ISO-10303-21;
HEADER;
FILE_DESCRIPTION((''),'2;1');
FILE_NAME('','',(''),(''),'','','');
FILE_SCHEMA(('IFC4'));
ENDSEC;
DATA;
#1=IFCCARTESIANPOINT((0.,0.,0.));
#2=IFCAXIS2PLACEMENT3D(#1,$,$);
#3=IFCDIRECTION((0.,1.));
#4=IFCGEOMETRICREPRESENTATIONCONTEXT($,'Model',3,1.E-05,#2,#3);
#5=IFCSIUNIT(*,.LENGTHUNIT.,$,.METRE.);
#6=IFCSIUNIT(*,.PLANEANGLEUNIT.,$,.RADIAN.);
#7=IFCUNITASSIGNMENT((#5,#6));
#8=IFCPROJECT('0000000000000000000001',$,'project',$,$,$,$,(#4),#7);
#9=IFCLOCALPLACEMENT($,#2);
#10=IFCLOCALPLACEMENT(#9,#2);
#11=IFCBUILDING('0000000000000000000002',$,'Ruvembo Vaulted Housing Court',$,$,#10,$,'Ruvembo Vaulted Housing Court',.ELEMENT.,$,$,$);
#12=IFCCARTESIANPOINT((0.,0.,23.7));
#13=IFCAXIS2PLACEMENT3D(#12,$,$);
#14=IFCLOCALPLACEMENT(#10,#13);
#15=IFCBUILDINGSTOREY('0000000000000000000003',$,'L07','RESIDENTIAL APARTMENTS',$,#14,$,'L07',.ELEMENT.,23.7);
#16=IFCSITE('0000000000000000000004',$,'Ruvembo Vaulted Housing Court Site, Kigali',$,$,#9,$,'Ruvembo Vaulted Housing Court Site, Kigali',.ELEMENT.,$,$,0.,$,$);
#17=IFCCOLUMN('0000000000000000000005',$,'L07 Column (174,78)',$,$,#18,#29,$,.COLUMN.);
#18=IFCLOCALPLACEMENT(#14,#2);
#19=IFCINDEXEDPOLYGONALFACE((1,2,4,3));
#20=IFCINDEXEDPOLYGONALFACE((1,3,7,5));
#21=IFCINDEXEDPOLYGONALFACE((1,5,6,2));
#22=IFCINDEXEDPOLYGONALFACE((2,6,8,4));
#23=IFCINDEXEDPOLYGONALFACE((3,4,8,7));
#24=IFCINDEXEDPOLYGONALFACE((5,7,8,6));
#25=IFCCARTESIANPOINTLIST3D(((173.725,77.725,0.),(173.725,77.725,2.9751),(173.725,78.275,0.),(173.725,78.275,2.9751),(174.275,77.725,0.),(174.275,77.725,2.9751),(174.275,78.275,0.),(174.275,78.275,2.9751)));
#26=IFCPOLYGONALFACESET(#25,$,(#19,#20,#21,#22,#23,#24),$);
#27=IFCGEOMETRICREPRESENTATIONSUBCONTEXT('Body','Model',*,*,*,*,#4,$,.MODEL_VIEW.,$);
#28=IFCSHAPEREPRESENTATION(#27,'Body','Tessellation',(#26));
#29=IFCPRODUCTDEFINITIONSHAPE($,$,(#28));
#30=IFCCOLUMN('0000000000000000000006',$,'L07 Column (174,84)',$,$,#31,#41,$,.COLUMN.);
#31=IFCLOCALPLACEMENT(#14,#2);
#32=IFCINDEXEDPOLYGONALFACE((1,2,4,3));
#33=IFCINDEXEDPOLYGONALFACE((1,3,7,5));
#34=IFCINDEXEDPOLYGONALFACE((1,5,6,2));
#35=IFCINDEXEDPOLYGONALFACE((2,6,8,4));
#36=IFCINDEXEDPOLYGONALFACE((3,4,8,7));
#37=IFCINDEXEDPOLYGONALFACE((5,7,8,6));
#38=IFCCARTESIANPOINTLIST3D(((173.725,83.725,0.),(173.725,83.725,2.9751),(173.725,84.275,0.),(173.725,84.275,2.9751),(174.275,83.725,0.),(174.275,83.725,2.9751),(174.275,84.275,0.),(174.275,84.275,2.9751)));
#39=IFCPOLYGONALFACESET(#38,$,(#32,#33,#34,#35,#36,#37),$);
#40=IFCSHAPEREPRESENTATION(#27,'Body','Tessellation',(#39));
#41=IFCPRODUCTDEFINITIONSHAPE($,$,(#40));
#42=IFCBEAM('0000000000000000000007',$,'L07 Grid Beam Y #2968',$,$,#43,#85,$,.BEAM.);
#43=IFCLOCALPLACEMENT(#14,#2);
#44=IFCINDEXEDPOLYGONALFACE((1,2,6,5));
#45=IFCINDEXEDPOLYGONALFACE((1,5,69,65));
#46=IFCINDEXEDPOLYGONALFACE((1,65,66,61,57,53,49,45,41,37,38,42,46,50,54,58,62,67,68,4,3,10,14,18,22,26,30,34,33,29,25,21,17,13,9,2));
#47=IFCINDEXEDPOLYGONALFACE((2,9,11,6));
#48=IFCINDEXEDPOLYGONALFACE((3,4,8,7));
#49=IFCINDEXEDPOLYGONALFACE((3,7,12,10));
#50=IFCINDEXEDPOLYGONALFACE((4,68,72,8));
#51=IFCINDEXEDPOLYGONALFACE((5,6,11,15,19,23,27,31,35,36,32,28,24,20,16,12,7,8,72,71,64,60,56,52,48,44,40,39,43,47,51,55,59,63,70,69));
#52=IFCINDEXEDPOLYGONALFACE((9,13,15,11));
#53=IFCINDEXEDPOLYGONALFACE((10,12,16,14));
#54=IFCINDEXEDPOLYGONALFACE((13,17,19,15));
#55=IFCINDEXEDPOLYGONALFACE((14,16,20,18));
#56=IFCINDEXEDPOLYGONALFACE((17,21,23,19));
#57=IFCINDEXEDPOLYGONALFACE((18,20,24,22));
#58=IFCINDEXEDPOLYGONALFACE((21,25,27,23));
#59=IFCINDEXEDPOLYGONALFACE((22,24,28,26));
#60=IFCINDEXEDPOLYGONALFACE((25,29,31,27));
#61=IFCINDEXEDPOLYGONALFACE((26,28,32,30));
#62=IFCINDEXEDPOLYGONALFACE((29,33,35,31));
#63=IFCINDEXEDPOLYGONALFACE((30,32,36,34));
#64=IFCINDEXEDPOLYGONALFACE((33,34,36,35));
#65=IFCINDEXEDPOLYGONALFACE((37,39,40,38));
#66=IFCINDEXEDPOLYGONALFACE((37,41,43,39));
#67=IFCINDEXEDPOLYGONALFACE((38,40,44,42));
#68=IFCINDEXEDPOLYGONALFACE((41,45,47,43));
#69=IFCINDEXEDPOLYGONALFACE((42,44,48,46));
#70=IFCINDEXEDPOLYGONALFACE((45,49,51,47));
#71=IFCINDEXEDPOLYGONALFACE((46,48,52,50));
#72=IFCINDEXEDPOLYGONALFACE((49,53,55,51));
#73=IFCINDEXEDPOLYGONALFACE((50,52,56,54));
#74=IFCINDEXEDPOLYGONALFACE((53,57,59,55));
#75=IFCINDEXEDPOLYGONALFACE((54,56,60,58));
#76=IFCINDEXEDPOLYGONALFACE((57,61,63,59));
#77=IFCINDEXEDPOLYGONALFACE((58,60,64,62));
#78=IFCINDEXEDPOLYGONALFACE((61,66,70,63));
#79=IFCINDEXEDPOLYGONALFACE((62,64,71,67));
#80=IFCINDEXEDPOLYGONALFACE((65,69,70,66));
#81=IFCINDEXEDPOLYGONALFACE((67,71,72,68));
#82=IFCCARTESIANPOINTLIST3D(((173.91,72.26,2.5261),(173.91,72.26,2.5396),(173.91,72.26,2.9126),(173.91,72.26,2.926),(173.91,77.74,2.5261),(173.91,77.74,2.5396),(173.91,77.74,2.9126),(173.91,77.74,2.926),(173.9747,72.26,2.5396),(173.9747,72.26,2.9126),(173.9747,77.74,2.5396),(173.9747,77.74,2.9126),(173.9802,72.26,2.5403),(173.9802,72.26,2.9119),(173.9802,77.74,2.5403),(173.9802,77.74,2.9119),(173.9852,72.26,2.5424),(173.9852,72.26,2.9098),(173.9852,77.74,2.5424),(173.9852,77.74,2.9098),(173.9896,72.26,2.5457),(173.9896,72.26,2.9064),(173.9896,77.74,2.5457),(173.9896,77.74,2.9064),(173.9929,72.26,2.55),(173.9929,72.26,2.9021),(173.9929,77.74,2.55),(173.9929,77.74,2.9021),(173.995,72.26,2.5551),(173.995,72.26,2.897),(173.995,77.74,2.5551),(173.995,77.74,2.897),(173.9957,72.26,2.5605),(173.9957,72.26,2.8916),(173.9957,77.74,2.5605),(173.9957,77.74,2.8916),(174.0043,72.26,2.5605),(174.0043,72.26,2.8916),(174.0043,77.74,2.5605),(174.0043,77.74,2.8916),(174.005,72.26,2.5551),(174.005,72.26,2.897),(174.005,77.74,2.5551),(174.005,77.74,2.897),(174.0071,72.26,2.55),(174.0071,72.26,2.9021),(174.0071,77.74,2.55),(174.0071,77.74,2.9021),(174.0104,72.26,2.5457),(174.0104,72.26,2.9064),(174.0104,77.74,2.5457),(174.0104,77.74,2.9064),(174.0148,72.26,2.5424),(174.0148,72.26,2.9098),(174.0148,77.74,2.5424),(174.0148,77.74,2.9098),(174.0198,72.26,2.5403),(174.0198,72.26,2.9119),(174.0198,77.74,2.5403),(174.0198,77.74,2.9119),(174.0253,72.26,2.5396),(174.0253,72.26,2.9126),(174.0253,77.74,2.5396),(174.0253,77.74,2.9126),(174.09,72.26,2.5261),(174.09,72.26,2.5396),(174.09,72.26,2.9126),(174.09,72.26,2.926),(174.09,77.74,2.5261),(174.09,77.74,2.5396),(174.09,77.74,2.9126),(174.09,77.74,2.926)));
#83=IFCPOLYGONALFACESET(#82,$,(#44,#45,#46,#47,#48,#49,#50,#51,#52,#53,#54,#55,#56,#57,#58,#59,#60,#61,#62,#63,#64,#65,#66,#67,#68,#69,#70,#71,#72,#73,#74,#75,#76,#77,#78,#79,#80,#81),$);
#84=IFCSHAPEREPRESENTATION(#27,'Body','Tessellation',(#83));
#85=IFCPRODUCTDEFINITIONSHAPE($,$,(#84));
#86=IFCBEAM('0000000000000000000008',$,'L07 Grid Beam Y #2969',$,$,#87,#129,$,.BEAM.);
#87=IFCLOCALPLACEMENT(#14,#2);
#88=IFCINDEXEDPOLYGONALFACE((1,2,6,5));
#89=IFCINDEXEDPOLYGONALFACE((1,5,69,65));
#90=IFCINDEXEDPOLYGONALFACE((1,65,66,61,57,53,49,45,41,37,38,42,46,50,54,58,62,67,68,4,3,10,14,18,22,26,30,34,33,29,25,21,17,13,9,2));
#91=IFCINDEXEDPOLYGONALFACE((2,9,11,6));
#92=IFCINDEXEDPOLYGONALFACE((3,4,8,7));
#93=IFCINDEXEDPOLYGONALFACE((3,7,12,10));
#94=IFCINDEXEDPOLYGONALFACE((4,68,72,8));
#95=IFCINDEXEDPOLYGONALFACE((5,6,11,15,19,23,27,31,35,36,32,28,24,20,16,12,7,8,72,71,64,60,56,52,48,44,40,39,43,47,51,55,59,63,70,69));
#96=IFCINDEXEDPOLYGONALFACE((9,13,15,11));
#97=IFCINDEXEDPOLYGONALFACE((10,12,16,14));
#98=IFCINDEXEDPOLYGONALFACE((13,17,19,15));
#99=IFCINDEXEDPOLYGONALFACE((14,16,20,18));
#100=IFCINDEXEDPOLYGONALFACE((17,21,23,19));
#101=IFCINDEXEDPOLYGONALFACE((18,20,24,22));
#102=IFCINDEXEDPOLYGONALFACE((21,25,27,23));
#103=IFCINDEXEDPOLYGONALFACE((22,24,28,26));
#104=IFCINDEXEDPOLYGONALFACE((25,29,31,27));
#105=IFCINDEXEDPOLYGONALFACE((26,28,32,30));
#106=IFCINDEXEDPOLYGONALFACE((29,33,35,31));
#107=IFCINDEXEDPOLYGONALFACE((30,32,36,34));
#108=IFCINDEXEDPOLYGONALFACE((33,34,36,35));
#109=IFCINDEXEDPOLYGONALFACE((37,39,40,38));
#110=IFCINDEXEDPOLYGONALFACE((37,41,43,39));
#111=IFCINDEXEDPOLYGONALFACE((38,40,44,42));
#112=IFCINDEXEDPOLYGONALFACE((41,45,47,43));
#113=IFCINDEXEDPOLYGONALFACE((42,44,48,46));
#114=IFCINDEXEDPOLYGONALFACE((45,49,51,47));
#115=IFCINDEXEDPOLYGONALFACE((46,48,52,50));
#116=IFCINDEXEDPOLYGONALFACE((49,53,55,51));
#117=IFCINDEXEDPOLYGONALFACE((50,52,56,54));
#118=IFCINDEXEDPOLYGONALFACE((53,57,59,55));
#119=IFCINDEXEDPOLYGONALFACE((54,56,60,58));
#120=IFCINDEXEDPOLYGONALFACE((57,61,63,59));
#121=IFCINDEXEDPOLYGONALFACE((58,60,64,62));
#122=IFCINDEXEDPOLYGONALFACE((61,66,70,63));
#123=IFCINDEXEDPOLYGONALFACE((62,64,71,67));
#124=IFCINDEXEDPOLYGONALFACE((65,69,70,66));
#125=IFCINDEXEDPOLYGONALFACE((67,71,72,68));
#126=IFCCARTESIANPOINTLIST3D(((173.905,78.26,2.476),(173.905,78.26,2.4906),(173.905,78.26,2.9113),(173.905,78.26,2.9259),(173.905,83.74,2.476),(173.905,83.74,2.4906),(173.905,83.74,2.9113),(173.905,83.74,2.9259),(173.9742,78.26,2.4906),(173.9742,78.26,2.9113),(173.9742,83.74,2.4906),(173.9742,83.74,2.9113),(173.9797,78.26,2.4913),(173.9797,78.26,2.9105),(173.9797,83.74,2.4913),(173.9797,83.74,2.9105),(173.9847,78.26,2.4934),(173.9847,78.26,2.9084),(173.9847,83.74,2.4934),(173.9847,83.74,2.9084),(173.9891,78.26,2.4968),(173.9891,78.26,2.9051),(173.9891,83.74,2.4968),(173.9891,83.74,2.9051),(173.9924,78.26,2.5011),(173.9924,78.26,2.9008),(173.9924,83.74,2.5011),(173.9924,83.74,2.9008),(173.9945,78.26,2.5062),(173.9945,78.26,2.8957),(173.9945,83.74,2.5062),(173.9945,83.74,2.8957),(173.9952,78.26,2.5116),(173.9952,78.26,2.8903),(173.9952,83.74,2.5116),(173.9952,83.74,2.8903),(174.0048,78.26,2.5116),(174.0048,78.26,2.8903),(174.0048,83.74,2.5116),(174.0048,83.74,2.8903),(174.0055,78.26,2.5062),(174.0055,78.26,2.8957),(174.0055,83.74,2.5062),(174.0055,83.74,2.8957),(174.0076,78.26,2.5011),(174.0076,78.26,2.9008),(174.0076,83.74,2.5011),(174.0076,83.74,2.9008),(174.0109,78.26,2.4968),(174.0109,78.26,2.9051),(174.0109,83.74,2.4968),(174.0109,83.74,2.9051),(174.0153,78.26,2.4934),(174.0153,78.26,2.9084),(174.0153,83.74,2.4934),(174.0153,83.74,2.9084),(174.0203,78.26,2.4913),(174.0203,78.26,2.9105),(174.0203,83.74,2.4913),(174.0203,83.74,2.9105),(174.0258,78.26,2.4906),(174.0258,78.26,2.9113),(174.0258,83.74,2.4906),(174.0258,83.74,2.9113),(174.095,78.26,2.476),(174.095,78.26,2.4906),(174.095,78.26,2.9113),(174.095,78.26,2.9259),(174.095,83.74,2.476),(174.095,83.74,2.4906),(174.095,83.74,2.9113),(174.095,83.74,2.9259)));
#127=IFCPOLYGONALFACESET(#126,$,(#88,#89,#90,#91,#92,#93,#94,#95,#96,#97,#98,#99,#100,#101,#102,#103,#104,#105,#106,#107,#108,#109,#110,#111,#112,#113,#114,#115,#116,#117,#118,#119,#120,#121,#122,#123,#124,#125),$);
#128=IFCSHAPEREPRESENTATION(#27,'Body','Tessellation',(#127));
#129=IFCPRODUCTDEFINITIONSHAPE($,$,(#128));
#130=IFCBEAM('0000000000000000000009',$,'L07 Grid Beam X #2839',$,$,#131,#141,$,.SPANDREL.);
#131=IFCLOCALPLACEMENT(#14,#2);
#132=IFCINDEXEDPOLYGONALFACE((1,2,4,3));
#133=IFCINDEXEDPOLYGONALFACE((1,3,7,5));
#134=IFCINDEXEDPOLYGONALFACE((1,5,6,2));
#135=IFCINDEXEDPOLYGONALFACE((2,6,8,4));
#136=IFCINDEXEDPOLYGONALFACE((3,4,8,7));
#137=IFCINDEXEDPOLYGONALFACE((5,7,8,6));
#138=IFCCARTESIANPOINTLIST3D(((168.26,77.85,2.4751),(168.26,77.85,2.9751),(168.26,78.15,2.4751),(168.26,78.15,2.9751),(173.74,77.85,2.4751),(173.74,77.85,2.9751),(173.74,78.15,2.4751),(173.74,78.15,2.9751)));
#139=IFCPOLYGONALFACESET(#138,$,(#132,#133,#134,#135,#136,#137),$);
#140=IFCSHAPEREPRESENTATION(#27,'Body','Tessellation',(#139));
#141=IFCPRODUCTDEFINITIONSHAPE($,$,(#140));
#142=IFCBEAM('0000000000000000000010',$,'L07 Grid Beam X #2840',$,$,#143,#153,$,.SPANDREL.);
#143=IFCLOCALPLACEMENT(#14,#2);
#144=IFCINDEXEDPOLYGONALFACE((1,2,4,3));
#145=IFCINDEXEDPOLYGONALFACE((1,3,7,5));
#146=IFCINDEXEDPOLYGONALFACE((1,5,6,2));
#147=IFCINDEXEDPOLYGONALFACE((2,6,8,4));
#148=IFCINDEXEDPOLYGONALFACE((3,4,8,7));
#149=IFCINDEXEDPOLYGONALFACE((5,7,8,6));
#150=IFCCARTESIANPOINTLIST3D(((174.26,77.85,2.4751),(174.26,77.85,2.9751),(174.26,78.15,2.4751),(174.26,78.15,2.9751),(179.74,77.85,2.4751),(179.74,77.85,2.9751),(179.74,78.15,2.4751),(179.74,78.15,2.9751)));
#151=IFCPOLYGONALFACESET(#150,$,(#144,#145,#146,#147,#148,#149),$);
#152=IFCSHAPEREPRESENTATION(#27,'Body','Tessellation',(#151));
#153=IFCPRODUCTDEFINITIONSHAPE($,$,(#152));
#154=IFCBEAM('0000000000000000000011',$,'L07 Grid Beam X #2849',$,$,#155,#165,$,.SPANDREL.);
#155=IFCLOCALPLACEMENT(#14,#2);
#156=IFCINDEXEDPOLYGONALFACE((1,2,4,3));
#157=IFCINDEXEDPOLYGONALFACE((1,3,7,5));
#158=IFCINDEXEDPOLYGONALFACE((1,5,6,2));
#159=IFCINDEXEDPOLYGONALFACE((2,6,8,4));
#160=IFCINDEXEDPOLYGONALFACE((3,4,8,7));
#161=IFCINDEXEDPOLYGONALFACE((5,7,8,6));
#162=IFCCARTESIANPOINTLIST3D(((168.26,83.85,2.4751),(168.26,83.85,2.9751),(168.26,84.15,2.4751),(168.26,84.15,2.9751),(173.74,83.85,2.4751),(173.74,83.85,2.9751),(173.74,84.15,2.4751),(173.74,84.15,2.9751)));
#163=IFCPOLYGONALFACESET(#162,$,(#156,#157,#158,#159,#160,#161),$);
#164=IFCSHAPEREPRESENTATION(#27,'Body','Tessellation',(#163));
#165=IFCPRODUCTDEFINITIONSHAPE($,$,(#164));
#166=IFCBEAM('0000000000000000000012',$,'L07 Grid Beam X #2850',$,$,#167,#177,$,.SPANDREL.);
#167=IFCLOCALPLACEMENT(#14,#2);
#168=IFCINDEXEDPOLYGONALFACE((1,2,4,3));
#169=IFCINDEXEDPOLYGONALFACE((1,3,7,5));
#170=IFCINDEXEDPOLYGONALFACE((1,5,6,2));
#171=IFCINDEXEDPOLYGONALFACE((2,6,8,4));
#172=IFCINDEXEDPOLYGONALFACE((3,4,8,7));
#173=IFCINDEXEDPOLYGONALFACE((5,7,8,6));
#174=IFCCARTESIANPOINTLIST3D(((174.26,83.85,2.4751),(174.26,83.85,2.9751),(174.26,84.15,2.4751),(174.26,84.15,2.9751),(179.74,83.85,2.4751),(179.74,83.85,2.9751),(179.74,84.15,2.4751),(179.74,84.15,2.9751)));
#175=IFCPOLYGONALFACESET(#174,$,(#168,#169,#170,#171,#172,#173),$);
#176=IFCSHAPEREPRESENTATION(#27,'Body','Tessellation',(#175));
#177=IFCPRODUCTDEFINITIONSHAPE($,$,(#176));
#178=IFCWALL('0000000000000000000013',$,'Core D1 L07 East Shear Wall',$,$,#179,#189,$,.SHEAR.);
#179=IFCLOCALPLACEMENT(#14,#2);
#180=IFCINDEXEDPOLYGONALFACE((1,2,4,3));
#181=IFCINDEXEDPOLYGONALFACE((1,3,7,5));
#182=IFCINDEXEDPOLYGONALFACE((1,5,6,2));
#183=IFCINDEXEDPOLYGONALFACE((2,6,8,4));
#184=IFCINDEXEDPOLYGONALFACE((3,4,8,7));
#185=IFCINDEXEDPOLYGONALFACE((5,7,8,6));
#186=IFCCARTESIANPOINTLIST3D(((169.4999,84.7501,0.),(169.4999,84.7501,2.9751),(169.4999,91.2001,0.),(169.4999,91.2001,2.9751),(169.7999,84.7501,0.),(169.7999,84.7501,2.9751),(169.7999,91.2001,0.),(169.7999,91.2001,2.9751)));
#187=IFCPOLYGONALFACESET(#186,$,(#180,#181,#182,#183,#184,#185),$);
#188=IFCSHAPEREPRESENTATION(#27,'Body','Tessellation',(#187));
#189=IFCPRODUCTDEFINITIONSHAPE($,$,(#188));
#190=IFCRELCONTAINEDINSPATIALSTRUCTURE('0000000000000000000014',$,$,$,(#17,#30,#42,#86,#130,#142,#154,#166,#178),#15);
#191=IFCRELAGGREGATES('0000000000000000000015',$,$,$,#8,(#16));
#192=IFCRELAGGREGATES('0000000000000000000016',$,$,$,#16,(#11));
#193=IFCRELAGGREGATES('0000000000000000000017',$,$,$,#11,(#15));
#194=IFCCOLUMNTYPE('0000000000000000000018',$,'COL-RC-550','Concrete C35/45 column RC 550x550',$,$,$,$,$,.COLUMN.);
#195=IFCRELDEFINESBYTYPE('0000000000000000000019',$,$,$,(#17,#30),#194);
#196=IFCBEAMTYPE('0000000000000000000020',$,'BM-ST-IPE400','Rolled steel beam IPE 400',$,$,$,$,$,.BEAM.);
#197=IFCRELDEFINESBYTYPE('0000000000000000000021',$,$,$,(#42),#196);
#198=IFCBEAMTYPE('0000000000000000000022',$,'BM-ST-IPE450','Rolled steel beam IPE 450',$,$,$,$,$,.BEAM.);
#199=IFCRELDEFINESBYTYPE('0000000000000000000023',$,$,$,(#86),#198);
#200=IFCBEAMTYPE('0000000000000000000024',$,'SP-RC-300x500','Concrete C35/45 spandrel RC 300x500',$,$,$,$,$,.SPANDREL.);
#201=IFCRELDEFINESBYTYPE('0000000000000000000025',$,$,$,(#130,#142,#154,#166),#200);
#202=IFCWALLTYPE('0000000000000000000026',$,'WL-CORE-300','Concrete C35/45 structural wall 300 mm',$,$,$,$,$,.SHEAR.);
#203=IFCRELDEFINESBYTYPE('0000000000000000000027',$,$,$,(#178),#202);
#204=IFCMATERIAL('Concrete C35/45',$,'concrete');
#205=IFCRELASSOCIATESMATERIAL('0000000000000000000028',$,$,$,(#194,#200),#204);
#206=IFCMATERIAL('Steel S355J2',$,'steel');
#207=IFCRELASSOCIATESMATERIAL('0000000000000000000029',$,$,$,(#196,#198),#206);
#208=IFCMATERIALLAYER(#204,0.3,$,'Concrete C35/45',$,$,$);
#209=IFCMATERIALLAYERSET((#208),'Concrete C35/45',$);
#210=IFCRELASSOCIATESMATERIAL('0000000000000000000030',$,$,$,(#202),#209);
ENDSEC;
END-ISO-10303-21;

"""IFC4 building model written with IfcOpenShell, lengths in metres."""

from ifc_helpers import new_model, si_unit, direction, frame, frame_2d, origin, origin_2d, place, context, subcontext, project, spatial, rectangle, i_section, extrude, material, layer, layer_set, material_profile, profile_set, type_object, element, save


model = new_model("IFC4")

# Units and contexts
model_context = context("Model", 3, precision=1e-05, world=origin(), true_north=direction((0.0, 1.0)))
body_context = subcontext(model_context, "Body", "Model", "MODEL_VIEW")
ifc_project = project(units=[si_unit("LENGTHUNIT", "METRE"), si_unit("PLANEANGLEUNIT", "RADIAN")], contexts=[model_context])

# Site, building, storey
site_placement = place(None, origin())
site = spatial("IfcSite", under=ifc_project, at=site_placement, Name="Ruvembo Vaulted Housing Court Site, Kigali", LongName="Ruvembo Vaulted Housing Court Site, Kigali", CompositionType="ELEMENT", RefElevation=0.0)
building_placement = place(site_placement, origin())
building = spatial("IfcBuilding", under=site, at=building_placement, Name="Ruvembo Vaulted Housing Court", LongName="Ruvembo Vaulted Housing Court", CompositionType="ELEMENT")
storey_placement = place(building_placement, frame((0.0, 0.0, 23.7)))
storey = spatial("IfcBuildingStorey", under=building, at=storey_placement, Name="L07", Description="RESIDENTIAL APARTMENTS", LongName="L07", CompositionType="ELEMENT", Elevation=23.7)

# Columns
ifc_material_1 = material(Name="Concrete C35/45", Category="concrete")
ifc_material_profile_1 = material_profile(ifc_material_1, rectangle(XDim=0.55, YDim=0.55, at=origin_2d()), Name="RC 550x550")
ifc_profile_set_1 = profile_set([ifc_material_profile_1], Name="Concrete C35/45")
column_type = type_object("IfcColumnType", Name="COL-RC-550", Description="Concrete C35/45 column RC 550x550", PredefinedType="COLUMN", material=ifc_profile_set_1)
for number, where, z_axis, x_axis, name in (
    (1, (174.0, 78.0, 0.0), (0.0, 0.0, 1.0), (1.0, 0.0, 0.0), "L07 Column (174,78)"),
    (2, (174.0, 84.0, 0.0), (0.0, 0.0, 1.0), (1.0, 0.0, 0.0), "L07 Column (174,84)"),
):
    element("IfcColumn", number, at=place(storey_placement, frame(where, z_axis=z_axis, x_axis=x_axis)), inside=storey, type_object=column_type, Name=name, PredefinedType="COLUMN", context=body_context, shape_type="SweptSolid", body=[
        extrude(rectangle(XDim=0.55, YDim=0.55, at=origin_2d()), origin(), (0.0, 0.0, 1.0), 2.9751),
    ])

# Beams
ifc_material_2 = material(Name="Steel S355J2", Category="steel")
ifc_material_profile_2 = material_profile(ifc_material_2, i_section(OverallWidth=0.1799, OverallDepth=0.3999, WebThickness=0.0085, FlangeThickness=0.0134, FilletRadius=0.021, at=origin_2d()), Name="IPE 400")
ifc_profile_set_2 = profile_set([ifc_material_profile_2], Name="Steel S355J2")
beam_type_1 = type_object("IfcBeamType", Name="BM-ST-IPE400", Description="Rolled steel beam IPE 400", PredefinedType="BEAM", material=ifc_profile_set_2)
beam_1_placement = place(storey_placement, frame((174.0, 72.26, 2.7261), z_axis=(0.0, 1.0, 0.0), x_axis=(-1.0, 0.0, 0.0)))
element("IfcBeam", 3, at=beam_1_placement, inside=storey, type_object=beam_type_1, Name="L07 Grid Beam Y #2968", PredefinedType="BEAM", context=body_context, shape_type="SweptSolid", body=[
    extrude(i_section(OverallWidth=0.1799, OverallDepth=0.3999, WebThickness=0.0085, FlangeThickness=0.0134, FilletRadius=0.021, at=origin_2d()), origin(), (0.0, 0.0, 1.0), 5.48),
])
ifc_material_profile_3 = material_profile(ifc_material_2, i_section(OverallWidth=0.1899, OverallDepth=0.45, WebThickness=0.0095, FlangeThickness=0.0146, FilletRadius=0.021, at=origin_2d()), Name="IPE 450")
ifc_profile_set_3 = profile_set([ifc_material_profile_3], Name="Steel S355J2")
beam_type_2 = type_object("IfcBeamType", Name="BM-ST-IPE450", Description="Rolled steel beam IPE 450", PredefinedType="BEAM", material=ifc_profile_set_3)
beam_2_placement = place(storey_placement, frame((174.0, 78.26, 2.7009), z_axis=(0.0, 1.0, 0.0), x_axis=(-1.0, 0.0, 0.0)))
element("IfcBeam", 4, at=beam_2_placement, inside=storey, type_object=beam_type_2, Name="L07 Grid Beam Y #2969", PredefinedType="BEAM", context=body_context, shape_type="SweptSolid", body=[
    extrude(i_section(OverallWidth=0.1899, OverallDepth=0.45, WebThickness=0.0095, FlangeThickness=0.0146, FilletRadius=0.021, at=origin_2d()), origin(), (0.0, 0.0, 1.0), 5.48),
])
ifc_material_profile_4 = material_profile(ifc_material_1, rectangle(XDim=0.3, YDim=0.5, at=origin_2d()), Name="RC 300x500")
ifc_profile_set_4 = profile_set([ifc_material_profile_4], Name="Concrete C35/45")
beam_type_3 = type_object("IfcBeamType", Name="SP-RC-300x500", Description="Concrete C35/45 spandrel RC 300x500", PredefinedType="SPANDREL", material=ifc_profile_set_4)
for number, where, z_axis, x_axis, name in (
    (5, (168.26, 78.0, 2.7251), (1.0, 0.0, 0.0), (0.0, 1.0, 0.0), "L07 Grid Beam X #2839"),
    (6, (174.26, 78.0, 2.7251), (1.0, 0.0, 0.0), (0.0, 1.0, 0.0), "L07 Grid Beam X #2840"),
    (7, (168.26, 84.0, 2.7251), (1.0, 0.0, 0.0), (0.0, 1.0, 0.0), "L07 Grid Beam X #2849"),
    (8, (174.26, 84.0, 2.7251), (1.0, 0.0, 0.0), (0.0, 1.0, 0.0), "L07 Grid Beam X #2850"),
):
    element("IfcBeam", number, at=place(storey_placement, frame(where, z_axis=z_axis, x_axis=x_axis)), inside=storey, type_object=beam_type_3, Name=name, PredefinedType="SPANDREL", context=body_context, shape_type="SweptSolid", body=[
        extrude(rectangle(XDim=0.3, YDim=0.5, at=origin_2d()), origin(), (0.0, 0.0, 1.0), 5.48),
    ])

# Wall
ifc_layer_1 = layer(ifc_material_1, 0.3, Name="Concrete C35/45")
ifc_layer_set_1 = layer_set([ifc_layer_1], Name="Concrete C35/45")
wall_type_1 = type_object("IfcWallType", Name="WL-CORE-300", Description="Concrete C35/45 structural wall 300 mm", PredefinedType="SHEAR", material=ifc_layer_set_1)
wall_1_placement = place(storey_placement, frame((169.6499, 84.75, 0.0), z_axis=(0.0, 0.0, 1.0), x_axis=(0.0, 1.0, 0.0)))
element("IfcWall", 9, at=wall_1_placement, inside=storey, type_object=wall_type_1, Name="Core D1 L07 East Shear Wall", PredefinedType="SHEAR", context=body_context, shape_type="SweptSolid", body=[
    extrude(rectangle(XDim=6.45, YDim=0.3, at=frame_2d((3.2251, 0.0))), origin(), (0.0, 0.0, 1.0), 2.9751),
])

save(model, "model.ifc")
